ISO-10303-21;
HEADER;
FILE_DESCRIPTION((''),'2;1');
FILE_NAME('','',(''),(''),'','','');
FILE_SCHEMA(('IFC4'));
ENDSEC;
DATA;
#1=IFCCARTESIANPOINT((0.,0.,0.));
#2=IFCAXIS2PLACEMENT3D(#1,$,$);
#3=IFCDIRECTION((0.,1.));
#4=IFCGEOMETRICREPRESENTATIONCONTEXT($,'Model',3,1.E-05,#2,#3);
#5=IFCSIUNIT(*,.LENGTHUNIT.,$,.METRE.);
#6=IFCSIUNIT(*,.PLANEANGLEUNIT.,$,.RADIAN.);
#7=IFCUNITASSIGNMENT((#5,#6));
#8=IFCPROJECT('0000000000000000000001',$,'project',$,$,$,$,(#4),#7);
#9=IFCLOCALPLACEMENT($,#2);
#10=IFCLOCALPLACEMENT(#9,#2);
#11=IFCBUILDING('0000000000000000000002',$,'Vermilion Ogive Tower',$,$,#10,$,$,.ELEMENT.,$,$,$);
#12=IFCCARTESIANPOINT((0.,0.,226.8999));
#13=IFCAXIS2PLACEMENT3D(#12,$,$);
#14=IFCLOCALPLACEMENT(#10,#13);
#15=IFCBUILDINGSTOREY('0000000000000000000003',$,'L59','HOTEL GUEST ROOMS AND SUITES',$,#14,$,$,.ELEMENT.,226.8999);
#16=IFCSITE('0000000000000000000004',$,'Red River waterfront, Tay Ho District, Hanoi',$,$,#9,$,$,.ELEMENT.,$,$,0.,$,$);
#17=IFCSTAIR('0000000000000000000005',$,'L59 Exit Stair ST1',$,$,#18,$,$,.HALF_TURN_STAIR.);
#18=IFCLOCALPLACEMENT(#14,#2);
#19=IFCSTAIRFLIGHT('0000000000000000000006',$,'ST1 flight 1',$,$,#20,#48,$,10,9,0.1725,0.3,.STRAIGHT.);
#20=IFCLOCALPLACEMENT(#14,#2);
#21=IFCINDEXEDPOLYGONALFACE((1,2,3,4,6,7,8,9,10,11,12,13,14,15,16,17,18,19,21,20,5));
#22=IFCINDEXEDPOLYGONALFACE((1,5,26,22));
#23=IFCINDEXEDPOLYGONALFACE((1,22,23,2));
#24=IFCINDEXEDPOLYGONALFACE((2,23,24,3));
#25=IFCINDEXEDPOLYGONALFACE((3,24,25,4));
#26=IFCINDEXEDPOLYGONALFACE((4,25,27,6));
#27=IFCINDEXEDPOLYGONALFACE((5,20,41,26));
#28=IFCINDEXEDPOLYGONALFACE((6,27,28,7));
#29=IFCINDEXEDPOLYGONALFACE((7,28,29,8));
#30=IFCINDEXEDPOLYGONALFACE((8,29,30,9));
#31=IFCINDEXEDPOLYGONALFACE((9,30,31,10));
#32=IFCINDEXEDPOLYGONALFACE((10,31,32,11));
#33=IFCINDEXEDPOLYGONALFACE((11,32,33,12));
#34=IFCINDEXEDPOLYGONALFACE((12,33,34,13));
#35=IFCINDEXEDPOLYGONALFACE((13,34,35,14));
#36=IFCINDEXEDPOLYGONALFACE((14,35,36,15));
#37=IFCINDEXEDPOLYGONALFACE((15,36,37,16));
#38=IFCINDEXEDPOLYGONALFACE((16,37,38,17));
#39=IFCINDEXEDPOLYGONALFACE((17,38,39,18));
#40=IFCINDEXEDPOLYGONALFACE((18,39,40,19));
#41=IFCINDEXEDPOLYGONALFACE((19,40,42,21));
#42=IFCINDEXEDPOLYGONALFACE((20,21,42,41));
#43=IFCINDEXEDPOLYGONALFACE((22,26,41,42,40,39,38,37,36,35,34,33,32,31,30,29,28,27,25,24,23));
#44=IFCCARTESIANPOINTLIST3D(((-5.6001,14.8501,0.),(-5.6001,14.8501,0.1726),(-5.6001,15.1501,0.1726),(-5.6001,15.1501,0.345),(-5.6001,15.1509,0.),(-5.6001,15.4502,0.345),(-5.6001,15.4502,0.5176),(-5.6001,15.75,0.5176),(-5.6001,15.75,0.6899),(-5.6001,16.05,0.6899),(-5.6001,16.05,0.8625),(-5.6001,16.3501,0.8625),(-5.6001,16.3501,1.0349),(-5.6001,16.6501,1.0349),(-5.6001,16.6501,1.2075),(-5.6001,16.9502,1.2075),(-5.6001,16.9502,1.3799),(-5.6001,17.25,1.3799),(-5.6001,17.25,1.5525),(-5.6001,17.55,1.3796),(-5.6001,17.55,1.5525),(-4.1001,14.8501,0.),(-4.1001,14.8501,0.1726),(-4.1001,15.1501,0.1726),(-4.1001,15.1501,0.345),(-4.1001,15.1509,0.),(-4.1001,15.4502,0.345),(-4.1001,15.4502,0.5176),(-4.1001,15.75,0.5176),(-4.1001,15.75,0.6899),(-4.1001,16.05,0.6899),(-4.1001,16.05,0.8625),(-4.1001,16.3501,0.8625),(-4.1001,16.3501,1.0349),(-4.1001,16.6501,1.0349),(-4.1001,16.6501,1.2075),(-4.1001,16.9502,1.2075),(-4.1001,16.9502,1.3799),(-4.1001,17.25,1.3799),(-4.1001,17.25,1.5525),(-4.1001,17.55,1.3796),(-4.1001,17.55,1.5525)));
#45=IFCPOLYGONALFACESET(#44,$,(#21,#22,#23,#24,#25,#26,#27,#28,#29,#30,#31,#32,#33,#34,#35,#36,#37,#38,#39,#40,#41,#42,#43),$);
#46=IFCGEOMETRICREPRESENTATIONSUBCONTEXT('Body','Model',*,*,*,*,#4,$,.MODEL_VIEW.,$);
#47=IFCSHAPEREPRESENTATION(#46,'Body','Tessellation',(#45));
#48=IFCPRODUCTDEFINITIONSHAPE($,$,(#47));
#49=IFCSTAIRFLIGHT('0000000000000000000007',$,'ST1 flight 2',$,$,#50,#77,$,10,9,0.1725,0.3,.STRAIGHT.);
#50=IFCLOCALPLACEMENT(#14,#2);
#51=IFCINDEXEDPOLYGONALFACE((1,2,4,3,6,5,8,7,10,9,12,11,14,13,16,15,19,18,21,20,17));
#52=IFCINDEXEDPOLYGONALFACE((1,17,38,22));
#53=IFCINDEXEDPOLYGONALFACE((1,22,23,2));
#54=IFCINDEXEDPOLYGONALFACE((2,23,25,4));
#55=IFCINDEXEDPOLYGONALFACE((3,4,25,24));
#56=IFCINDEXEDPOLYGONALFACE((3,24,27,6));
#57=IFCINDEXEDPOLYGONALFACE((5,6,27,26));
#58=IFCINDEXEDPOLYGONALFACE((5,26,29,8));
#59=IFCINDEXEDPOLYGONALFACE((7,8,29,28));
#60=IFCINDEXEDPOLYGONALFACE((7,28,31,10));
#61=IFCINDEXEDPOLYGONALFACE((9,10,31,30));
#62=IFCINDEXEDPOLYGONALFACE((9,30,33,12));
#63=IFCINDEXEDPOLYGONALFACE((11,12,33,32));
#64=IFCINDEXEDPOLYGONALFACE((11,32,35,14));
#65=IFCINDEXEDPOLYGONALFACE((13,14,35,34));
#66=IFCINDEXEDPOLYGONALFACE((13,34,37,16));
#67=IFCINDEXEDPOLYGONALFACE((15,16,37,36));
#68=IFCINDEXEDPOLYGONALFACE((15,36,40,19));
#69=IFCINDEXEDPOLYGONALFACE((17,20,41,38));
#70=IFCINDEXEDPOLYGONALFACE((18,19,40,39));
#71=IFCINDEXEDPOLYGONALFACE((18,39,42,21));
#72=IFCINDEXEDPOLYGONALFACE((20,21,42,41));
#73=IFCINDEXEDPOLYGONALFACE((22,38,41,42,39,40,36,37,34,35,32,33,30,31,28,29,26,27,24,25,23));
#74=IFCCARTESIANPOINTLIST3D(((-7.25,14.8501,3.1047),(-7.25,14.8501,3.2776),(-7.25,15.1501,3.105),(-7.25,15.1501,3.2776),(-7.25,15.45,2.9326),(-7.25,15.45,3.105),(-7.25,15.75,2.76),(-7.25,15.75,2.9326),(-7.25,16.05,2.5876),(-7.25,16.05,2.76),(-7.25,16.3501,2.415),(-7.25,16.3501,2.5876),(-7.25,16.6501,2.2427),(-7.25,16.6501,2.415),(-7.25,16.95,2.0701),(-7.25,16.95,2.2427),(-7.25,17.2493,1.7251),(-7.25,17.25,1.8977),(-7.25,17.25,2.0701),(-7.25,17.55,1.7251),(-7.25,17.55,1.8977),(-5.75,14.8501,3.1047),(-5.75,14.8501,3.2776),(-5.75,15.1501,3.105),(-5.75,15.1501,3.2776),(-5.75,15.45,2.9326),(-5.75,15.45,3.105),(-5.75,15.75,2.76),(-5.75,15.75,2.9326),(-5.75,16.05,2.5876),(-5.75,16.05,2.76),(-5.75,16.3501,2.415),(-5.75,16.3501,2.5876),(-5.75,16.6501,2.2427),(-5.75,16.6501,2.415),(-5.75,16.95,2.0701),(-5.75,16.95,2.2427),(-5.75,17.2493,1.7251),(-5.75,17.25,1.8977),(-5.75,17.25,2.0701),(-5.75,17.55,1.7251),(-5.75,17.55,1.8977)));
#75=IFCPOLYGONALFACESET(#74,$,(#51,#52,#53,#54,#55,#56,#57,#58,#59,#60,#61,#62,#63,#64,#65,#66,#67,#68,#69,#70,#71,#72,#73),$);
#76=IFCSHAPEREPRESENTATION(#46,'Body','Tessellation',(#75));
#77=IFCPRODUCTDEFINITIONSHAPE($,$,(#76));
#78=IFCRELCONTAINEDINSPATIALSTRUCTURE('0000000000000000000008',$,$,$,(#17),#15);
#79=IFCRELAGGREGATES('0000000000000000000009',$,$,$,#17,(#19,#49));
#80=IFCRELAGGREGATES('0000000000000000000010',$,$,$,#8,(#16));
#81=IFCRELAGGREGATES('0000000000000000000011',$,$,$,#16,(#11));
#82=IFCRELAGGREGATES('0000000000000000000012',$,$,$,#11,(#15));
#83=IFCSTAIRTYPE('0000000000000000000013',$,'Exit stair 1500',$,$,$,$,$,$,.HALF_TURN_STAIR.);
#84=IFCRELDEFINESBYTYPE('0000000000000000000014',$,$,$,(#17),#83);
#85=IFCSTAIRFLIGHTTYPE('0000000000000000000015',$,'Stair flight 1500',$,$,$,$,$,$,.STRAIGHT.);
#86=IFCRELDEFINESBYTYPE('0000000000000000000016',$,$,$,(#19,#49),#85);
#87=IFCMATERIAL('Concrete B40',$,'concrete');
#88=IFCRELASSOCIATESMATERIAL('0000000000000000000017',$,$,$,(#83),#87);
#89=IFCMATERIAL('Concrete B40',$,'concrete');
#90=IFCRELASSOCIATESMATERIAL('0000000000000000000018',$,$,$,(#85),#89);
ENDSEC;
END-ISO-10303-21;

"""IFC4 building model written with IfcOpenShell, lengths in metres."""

from ifc_helpers import new_model, si_unit, direction, frame, origin, place, context, subcontext, project, spatial, polyline, outline, extrude, material, type_object, element, aggregate, save


model = new_model("IFC4")

# Units and contexts
model_context = context("Model", 3, precision=1e-05, world=origin(), true_north=direction((0.0, 1.0)))
body_context = subcontext(model_context, "Body", "Model", "MODEL_VIEW")
ifc_project = project(units=[si_unit("LENGTHUNIT", "METRE"), si_unit("PLANEANGLEUNIT", "RADIAN")], contexts=[model_context])

# Site, building, storey
site_placement = place(None, origin())
site = spatial("IfcSite", under=ifc_project, at=site_placement, Name="Red River waterfront, Tay Ho District, Hanoi", CompositionType="ELEMENT", RefElevation=0.0)
building_placement = place(site_placement, origin())
building = spatial("IfcBuilding", under=site, at=building_placement, Name="Vermilion Ogive Tower", CompositionType="ELEMENT")
storey_placement = place(building_placement, frame((0.0, 0.0, 226.8999)))
storey = spatial("IfcBuildingStorey", under=building, at=storey_placement, Name="L59", Description="HOTEL GUEST ROOMS AND SUITES", CompositionType="ELEMENT", Elevation=226.8999)

# Stair, stair flights
ifc_material_1 = material(Name="Concrete B40", Category="concrete")
stair_type = type_object("IfcStairType", Name="Exit stair 1500", PredefinedType="HALF_TURN_STAIR", material=ifc_material_1)
stair_placement = place(storey_placement, origin())
stair = element("IfcStair", 1, at=stair_placement, inside=storey, type_object=stair_type, Name="L59 Exit Stair ST1", PredefinedType="HALF_TURN_STAIR")
ifc_material_2 = material(Name="Concrete B40", Category="concrete")
stair_flight_type = type_object("IfcStairFlightType", Name="Stair flight 1500", PredefinedType="STRAIGHT", material=ifc_material_2)
stair_flight_1_placement = place(storey_placement, frame((-4.8501, 14.8501, 0.0), z_axis=(0.0, 0.0, 1.0), x_axis=(0.0, 1.0, 0.0)))
stair_flight_1 = element("IfcStairFlight", 2, at=stair_flight_1_placement, type_object=stair_flight_type, Name="ST1 flight 1", NumberOfRisers=10, NumberOfTreads=9, PredefinedType="STRAIGHT", RiserHeight=0.1725, TreadLength=0.3, context=body_context, shape_type="SweptSolid", body=[
    extrude(outline(polyline([(0.0, 0.0), (0.0, 0.1726), (0.3, 0.1726), (0.3, 0.345), (0.6001, 0.345), (0.6001, 0.5176), (0.8999, 0.5176), (0.8999, 0.6899), (1.2, 0.6899), (1.2, 0.8625), (1.5, 0.8625), (1.5, 1.0349), (1.8, 1.0349), (1.8, 1.2075), (2.1001, 1.2075), (2.1001, 1.3799), (2.3999, 1.3799), (2.3999, 1.5525), (2.7, 1.5525), (2.7, 1.7251), (2.7, 1.3796), (0.3008, 0.0), (0.0, 0.0)])), frame((0.0, 0.75, 0.0), z_axis=(0.0, -1.0, 0.0), x_axis=(1.0, 0.0, 0.0)), (0.0, 0.0, 1.0), 1.5),
])
stair_flight_2_placement = place(storey_placement, frame((-6.5, 17.55, 1.7251), z_axis=(0.0, 0.0, 1.0), x_axis=(0.0, -1.0, 0.0)))
stair_flight_2 = element("IfcStairFlight", 3, at=stair_flight_2_placement, type_object=stair_flight_type, Name="ST1 flight 2", NumberOfRisers=10, NumberOfTreads=9, PredefinedType="STRAIGHT", RiserHeight=0.1725, TreadLength=0.3, context=body_context, shape_type="SweptSolid", body=[
    extrude(outline(polyline([(0.0, 0.0), (0.0, 0.1726), (0.3, 0.1726), (0.3, 0.345), (0.6001, 0.345), (0.6001, 0.5176), (0.8999, 0.5176), (0.8999, 0.6899), (1.2, 0.6899), (1.2, 0.8625), (1.5, 0.8625), (1.5, 1.0349), (1.8, 1.0349), (1.8, 1.2075), (2.1001, 1.2075), (2.1001, 1.3799), (2.3999, 1.3799), (2.3999, 1.5525), (2.7, 1.5525), (2.7, 1.7251), (2.7, 1.3796), (0.3008, 0.0), (0.0, 0.0)])), frame((0.0, 0.75, 0.0), z_axis=(0.0, -1.0, 0.0), x_axis=(1.0, 0.0, 0.0)), (0.0, 0.0, 1.0), 1.5),
])
aggregate(stair, [stair_flight_1, stair_flight_2])

save(model, "model.ifc")
